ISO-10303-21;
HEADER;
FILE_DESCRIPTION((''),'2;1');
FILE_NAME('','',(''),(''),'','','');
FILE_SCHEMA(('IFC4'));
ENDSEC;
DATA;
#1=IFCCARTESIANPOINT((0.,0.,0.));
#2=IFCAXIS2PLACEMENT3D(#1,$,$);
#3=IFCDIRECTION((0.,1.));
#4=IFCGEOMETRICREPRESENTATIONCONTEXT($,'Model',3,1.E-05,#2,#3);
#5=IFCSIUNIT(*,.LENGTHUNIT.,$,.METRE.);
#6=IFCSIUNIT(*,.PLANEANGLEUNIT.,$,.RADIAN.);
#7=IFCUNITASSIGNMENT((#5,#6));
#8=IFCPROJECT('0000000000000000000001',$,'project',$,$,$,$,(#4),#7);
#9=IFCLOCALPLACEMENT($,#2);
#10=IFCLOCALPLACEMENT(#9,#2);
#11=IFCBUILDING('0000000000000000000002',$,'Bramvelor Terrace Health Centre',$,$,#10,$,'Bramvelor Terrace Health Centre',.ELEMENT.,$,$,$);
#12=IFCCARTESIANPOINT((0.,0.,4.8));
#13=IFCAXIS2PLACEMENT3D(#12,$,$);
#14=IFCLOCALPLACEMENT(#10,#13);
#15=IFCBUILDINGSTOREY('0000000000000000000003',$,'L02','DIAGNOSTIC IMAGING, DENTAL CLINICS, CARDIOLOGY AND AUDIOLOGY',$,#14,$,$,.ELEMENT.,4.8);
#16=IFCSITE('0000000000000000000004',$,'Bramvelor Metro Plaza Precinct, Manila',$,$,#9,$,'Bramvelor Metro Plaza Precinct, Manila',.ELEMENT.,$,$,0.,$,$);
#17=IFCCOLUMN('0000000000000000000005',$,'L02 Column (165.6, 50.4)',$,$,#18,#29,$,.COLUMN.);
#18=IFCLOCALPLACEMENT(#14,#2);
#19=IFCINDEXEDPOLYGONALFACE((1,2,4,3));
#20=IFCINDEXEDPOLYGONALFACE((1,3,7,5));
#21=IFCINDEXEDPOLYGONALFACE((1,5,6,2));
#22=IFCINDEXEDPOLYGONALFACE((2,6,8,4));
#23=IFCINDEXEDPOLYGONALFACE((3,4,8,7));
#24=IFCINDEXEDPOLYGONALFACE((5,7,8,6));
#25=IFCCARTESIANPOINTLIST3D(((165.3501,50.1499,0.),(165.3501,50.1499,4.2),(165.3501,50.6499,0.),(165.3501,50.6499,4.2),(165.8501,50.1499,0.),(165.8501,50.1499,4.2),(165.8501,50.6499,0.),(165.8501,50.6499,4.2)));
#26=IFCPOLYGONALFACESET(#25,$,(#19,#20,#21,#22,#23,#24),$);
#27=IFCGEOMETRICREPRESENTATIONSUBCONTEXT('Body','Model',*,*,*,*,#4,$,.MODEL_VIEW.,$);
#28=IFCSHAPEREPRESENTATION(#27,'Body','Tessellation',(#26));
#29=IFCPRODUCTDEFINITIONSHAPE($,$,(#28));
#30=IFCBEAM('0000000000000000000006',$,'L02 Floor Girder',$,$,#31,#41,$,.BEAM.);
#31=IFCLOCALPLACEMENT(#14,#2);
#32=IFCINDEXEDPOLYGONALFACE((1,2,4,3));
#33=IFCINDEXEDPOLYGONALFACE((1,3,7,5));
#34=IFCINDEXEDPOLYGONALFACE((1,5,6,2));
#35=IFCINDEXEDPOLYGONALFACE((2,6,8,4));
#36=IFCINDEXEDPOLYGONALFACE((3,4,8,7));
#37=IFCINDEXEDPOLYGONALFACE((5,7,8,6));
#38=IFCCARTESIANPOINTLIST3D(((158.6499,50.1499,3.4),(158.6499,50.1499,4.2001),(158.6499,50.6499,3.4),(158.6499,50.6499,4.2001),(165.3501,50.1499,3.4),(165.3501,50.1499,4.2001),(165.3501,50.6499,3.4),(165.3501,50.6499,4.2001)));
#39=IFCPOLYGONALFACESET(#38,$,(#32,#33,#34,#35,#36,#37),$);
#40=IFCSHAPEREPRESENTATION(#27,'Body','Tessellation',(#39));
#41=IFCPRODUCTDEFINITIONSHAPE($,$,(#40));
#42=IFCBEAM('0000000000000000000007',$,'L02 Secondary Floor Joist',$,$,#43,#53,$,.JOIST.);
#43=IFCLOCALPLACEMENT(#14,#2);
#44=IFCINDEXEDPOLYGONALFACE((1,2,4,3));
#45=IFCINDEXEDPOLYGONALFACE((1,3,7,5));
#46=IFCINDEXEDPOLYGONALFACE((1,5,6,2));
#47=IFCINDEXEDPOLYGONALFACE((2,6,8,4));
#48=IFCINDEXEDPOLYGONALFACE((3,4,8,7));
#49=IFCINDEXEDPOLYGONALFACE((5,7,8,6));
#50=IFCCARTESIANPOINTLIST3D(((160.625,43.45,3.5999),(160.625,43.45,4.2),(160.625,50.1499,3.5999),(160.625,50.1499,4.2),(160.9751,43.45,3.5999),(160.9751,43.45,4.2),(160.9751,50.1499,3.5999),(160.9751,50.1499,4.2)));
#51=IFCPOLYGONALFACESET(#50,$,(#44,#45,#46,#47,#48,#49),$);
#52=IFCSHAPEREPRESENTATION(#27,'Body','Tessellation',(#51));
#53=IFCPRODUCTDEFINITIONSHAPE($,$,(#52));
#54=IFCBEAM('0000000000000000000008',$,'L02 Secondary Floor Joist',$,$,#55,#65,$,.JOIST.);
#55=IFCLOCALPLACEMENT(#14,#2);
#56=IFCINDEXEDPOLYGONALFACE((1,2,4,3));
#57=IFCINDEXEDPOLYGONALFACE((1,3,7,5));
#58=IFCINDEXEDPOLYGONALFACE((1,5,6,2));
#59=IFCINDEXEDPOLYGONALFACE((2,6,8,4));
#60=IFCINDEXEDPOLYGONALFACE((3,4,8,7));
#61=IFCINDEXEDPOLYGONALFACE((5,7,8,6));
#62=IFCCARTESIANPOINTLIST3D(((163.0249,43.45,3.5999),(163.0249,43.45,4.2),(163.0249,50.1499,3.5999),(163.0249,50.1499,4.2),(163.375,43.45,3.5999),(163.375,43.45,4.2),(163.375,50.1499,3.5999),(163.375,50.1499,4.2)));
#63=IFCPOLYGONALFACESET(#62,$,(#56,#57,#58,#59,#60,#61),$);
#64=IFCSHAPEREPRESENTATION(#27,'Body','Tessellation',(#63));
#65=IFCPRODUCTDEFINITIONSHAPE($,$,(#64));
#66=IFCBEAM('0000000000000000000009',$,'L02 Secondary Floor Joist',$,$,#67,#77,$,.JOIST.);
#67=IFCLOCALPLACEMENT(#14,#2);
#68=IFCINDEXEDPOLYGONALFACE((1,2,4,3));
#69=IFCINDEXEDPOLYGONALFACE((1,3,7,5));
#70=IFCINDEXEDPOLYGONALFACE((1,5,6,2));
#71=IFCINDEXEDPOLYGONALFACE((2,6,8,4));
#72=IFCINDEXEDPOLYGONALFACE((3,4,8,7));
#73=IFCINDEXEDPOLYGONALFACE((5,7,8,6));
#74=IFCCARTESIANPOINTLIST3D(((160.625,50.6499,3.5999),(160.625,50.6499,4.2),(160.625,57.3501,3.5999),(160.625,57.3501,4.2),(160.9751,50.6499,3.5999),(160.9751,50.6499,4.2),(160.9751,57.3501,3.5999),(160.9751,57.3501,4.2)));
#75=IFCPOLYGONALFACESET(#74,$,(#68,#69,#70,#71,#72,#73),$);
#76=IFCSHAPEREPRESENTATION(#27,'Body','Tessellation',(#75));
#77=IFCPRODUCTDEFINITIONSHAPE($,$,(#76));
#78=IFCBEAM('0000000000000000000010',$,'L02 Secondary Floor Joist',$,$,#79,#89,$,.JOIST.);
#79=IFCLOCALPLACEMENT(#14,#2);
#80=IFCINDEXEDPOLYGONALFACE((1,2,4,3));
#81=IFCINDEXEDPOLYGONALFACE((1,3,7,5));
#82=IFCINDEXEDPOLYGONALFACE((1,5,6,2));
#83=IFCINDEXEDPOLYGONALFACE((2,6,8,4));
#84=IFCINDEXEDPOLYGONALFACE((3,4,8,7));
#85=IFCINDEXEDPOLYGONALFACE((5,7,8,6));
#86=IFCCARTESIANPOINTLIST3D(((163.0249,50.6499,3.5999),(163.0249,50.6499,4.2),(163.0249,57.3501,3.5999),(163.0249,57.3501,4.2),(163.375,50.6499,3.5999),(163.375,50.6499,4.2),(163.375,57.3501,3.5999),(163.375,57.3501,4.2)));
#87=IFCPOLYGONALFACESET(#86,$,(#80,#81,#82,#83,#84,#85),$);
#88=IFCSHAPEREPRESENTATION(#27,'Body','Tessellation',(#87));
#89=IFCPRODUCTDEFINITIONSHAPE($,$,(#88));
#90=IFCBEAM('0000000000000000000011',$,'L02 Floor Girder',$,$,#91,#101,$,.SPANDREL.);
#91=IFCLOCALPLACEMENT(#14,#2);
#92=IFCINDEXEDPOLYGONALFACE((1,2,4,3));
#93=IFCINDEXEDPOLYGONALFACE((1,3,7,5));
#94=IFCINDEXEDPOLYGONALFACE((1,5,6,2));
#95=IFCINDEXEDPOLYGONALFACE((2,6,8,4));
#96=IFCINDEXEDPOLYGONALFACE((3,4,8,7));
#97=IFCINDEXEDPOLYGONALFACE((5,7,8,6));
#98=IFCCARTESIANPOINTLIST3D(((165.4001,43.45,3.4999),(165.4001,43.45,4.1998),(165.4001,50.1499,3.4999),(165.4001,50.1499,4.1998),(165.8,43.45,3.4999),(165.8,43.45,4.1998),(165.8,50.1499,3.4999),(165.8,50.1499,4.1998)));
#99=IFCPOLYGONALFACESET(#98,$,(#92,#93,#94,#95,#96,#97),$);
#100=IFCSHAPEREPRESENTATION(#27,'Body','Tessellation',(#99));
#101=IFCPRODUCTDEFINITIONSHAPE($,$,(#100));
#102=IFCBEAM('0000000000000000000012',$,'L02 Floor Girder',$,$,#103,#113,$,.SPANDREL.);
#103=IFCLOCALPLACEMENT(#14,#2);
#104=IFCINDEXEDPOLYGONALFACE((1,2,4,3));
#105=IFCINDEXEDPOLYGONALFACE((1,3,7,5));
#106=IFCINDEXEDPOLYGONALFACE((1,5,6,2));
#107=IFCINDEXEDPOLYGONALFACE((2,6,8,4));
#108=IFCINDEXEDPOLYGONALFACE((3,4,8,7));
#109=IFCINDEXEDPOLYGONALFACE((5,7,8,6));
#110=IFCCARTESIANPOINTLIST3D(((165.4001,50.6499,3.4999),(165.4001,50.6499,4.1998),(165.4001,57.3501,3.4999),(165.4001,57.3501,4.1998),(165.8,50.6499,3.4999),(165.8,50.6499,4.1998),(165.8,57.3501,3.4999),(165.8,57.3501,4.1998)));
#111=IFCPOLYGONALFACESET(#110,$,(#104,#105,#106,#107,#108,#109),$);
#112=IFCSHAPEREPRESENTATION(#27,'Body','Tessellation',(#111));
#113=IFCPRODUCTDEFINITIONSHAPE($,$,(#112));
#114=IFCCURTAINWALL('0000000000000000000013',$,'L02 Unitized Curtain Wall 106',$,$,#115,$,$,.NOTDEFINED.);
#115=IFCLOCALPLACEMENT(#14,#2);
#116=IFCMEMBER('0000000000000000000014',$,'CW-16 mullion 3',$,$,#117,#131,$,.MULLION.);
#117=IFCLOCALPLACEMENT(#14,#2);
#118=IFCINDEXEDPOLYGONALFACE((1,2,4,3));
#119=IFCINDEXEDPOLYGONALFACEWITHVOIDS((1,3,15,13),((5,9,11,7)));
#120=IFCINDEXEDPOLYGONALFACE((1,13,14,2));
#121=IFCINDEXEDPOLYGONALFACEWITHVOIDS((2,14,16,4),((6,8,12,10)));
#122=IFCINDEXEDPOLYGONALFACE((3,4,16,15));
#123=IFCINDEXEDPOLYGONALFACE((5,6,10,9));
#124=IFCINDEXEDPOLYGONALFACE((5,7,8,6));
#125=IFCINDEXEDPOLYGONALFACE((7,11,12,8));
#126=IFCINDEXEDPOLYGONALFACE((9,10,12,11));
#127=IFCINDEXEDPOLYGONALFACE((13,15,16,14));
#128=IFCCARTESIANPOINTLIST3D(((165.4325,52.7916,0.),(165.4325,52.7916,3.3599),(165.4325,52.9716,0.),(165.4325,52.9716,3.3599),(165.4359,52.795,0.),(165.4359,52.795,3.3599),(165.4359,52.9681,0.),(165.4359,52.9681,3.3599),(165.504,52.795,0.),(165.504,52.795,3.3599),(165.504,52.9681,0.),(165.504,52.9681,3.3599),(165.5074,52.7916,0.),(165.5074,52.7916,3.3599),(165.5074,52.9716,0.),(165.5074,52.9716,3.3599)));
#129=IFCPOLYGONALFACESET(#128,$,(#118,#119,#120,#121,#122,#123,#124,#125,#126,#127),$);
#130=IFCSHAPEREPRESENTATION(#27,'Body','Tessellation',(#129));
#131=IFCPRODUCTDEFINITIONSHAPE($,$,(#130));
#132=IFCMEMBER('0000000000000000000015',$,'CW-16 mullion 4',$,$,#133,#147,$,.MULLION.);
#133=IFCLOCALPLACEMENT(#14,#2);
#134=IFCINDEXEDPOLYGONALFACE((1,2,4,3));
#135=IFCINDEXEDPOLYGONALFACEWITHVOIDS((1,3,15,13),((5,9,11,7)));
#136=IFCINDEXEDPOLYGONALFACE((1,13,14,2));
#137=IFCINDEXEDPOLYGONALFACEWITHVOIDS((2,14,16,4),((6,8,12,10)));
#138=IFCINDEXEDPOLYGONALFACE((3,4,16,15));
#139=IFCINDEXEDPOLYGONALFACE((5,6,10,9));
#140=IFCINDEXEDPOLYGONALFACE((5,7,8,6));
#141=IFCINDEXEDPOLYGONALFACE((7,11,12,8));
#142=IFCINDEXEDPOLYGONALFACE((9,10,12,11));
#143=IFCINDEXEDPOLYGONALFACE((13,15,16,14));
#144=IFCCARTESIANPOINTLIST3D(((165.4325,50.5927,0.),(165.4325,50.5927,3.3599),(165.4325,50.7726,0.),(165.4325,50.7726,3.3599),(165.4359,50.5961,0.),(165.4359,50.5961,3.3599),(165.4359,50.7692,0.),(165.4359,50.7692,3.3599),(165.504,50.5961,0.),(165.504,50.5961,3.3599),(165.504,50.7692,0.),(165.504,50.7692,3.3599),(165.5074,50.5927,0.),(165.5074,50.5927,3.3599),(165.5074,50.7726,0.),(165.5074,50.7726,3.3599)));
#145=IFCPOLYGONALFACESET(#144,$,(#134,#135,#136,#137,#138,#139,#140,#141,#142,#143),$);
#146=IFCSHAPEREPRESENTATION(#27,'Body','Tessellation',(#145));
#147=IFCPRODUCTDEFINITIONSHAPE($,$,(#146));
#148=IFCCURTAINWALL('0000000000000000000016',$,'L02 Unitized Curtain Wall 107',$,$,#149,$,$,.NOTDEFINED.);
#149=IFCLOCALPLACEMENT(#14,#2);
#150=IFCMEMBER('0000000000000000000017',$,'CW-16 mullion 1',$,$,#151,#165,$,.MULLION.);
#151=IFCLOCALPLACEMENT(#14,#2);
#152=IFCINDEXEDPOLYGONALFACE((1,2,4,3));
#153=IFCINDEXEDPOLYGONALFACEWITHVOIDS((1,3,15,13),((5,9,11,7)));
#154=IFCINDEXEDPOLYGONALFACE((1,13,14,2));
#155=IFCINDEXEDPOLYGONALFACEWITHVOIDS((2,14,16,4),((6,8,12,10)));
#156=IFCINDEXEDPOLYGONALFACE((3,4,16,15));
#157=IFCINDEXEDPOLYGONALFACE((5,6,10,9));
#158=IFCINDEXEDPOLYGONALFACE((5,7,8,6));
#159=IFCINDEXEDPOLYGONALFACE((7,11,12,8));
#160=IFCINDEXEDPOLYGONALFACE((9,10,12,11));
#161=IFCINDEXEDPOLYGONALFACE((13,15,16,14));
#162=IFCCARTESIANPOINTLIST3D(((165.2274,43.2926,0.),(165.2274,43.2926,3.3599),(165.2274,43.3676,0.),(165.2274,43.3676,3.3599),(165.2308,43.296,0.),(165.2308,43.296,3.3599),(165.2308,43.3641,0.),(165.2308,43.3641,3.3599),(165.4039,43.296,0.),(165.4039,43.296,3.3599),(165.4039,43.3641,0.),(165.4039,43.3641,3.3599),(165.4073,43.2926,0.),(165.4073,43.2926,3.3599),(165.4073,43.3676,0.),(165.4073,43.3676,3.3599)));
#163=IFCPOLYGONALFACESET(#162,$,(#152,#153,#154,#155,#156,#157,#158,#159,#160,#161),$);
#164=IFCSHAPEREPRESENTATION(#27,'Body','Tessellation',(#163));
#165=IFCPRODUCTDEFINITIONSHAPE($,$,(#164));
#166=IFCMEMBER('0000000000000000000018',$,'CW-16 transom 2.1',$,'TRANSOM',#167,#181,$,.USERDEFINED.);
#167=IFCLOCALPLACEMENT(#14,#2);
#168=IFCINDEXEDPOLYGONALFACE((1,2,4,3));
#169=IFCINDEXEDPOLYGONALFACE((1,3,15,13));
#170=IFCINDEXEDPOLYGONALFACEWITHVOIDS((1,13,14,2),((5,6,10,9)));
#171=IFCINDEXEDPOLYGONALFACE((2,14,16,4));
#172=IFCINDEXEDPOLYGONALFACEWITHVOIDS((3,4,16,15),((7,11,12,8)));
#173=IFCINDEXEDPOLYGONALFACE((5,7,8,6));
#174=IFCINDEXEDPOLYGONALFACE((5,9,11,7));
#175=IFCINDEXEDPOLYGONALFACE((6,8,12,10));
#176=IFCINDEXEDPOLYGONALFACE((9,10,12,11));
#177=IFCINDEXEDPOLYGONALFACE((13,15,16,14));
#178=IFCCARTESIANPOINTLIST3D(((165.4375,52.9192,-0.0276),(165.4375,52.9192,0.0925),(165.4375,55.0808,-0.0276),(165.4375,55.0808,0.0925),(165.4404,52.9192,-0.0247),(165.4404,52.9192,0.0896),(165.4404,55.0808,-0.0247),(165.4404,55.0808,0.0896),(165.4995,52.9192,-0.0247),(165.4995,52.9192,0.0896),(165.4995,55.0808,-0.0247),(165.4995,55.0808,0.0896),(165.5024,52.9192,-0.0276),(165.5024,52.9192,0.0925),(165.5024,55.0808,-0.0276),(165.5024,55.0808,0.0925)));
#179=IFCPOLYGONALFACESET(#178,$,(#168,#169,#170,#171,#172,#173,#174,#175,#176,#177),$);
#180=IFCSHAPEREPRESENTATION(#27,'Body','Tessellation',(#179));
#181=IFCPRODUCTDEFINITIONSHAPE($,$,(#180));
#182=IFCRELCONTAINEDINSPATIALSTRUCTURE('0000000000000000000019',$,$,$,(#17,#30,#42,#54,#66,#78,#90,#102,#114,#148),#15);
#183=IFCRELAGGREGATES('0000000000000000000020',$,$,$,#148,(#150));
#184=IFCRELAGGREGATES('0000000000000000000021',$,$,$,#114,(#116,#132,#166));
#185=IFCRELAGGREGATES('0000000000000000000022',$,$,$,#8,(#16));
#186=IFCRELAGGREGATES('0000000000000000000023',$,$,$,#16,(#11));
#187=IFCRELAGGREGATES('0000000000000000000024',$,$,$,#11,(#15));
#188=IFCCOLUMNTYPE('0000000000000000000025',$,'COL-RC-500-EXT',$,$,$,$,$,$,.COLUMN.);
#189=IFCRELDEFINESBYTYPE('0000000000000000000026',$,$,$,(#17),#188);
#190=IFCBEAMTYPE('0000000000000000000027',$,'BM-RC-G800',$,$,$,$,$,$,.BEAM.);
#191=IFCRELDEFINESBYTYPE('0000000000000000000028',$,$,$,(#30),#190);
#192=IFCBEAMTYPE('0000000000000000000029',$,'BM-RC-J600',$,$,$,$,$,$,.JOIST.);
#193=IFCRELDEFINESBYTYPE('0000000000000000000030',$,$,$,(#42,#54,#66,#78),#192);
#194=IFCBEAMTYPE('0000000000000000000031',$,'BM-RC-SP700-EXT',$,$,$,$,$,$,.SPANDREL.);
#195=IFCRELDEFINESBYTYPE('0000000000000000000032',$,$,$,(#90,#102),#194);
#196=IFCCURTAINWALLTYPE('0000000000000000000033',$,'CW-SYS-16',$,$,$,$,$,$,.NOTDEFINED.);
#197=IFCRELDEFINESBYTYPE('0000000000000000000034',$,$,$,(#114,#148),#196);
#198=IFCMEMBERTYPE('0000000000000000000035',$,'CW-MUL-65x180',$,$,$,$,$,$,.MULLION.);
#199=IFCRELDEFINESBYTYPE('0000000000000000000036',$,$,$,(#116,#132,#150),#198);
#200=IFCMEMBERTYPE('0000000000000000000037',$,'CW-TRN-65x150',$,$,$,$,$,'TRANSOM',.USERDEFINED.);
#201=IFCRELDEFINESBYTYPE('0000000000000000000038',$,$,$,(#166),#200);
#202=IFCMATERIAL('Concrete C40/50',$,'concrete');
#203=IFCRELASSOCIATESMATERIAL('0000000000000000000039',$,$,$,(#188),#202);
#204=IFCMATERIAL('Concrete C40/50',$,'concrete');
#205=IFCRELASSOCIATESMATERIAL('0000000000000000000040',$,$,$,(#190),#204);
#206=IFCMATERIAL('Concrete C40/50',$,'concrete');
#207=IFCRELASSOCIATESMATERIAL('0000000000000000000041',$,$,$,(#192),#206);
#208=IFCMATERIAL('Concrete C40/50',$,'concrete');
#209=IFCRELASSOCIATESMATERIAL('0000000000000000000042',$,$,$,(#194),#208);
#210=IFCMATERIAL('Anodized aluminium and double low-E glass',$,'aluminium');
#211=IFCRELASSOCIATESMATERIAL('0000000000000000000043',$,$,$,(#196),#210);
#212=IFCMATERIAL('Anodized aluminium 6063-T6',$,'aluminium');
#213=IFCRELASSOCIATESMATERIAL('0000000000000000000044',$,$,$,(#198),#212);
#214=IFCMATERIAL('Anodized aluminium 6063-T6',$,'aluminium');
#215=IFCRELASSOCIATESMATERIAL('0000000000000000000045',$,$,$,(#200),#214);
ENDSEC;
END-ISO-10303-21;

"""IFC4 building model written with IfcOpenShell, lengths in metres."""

from ifc_helpers import new_model, si_unit, direction, frame, origin, origin_2d, place, context, subcontext, project, spatial, rectangle, hollow_rectangle, extrude, material, material_profile, profile_set, type_object, element, aggregate, save


model = new_model("IFC4")

# Units and contexts
model_context = context("Model", 3, precision=1e-05, world=origin(), true_north=direction((0.0, 1.0)))
body_context = subcontext(model_context, "Body", "Model", "MODEL_VIEW")
ifc_project = project(units=[si_unit("LENGTHUNIT", "METRE"), si_unit("PLANEANGLEUNIT", "RADIAN")], contexts=[model_context])

# Site, building, storey
site_placement = place(None, origin())
site = spatial("IfcSite", under=ifc_project, at=site_placement, Name="Bramvelor Metro Plaza Precinct, Manila", LongName="Bramvelor Metro Plaza Precinct, Manila", CompositionType="ELEMENT", RefElevation=0.0)
building_placement = place(site_placement, origin())
building = spatial("IfcBuilding", under=site, at=building_placement, Name="Bramvelor Terrace Health Centre", LongName="Bramvelor Terrace Health Centre", CompositionType="ELEMENT")
storey_placement = place(building_placement, frame((0.0, 0.0, 4.8)))
storey = spatial("IfcBuildingStorey", under=building, at=storey_placement, Name="L02", Description="DIAGNOSTIC IMAGING, DENTAL CLINICS, CARDIOLOGY AND AUDIOLOGY", CompositionType="ELEMENT", Elevation=4.8)

# Column
ifc_material_1 = material(Name="Concrete C40/50", Category="concrete")
ifc_material_profile_1 = material_profile(ifc_material_1, rectangle(XDim=0.5, YDim=0.5, at=origin_2d()), Name="RC 500x500")
ifc_profile_set_1 = profile_set([ifc_material_profile_1], Name="Concrete C40/50")
column_type = type_object("IfcColumnType", Name="COL-RC-500-EXT", PredefinedType="COLUMN", material=ifc_profile_set_1)
column_placement = place(storey_placement, frame((165.6001, 50.3999, 0.0), z_axis=(0.0, 0.0, 1.0), x_axis=(1.0, 0.0, 0.0)))
element("IfcColumn", 1, at=column_placement, inside=storey, type_object=column_type, Name="L02 Column (165.6, 50.4)", PredefinedType="COLUMN", context=body_context, shape_type="SweptSolid", body=[
    extrude(rectangle(XDim=0.5, YDim=0.5, at=origin_2d()), origin(), (0.0, 0.0, 1.0), 4.2),
])

# Beams
ifc_material_2 = material(Name="Concrete C40/50", Category="concrete")
ifc_material_profile_2 = material_profile(ifc_material_2, rectangle(XDim=0.5, YDim=0.8, at=origin_2d()), Name="RC 500x800")
ifc_profile_set_2 = profile_set([ifc_material_profile_2], Name="Concrete C40/50")
beam_type_1 = type_object("IfcBeamType", Name="BM-RC-G800", PredefinedType="BEAM", material=ifc_profile_set_2)
beam_1_placement = place(storey_placement, frame((158.6499, 50.3999, 3.8), z_axis=(1.0, 0.0, 0.0), x_axis=(0.0, 1.0, 0.0)))
element("IfcBeam", 2, at=beam_1_placement, inside=storey, type_object=beam_type_1, Name="L02 Floor Girder", PredefinedType="BEAM", context=body_context, shape_type="SweptSolid", body=[
    extrude(rectangle(XDim=0.5, YDim=0.8, at=origin_2d()), origin(), (0.0, 0.0, 1.0), 6.7002),
])
ifc_material_3 = material(Name="Concrete C40/50", Category="concrete")
ifc_material_profile_3 = material_profile(ifc_material_3, rectangle(XDim=0.3501, YDim=0.6001, at=origin_2d()), Name="RC 350x600")
ifc_profile_set_3 = profile_set([ifc_material_profile_3], Name="Concrete C40/50")
beam_type_2 = type_object("IfcBeamType", Name="BM-RC-J600", PredefinedType="JOIST", material=ifc_profile_set_3)
for number, where, z_axis, x_axis, name in (
    (3, (160.8, 43.45, 3.8999), (0.0, 1.0, 0.0), (-1.0, 0.0, 0.0), "L02 Secondary Floor Joist"),
    (4, (163.2, 43.45, 3.8999), (0.0, 1.0, 0.0), (-1.0, 0.0, 0.0), "L02 Secondary Floor Joist"),
):
    element("IfcBeam", number, at=place(storey_placement, frame(where, z_axis=z_axis, x_axis=x_axis)), inside=storey, type_object=beam_type_2, Name=name, PredefinedType="JOIST", context=body_context, shape_type="SweptSolid", body=[
        extrude(rectangle(XDim=0.3501, YDim=0.6001, at=origin_2d()), origin(), (0.0, 0.0, 1.0), 6.7),
    ])
for number, where, z_axis, x_axis, name in (
    (5, (160.8, 50.6499, 3.8999), (0.0, 1.0, 0.0), (-1.0, 0.0, 0.0), "L02 Secondary Floor Joist"),
    (6, (163.2, 50.6499, 3.8999), (0.0, 1.0, 0.0), (-1.0, 0.0, 0.0), "L02 Secondary Floor Joist"),
):
    element("IfcBeam", number, at=place(storey_placement, frame(where, z_axis=z_axis, x_axis=x_axis)), inside=storey, type_object=beam_type_2, Name=name, PredefinedType="JOIST", context=body_context, shape_type="SweptSolid", body=[
        extrude(rectangle(XDim=0.3501, YDim=0.6001, at=origin_2d()), origin(), (0.0, 0.0, 1.0), 6.7002),
    ])
ifc_material_4 = material(Name="Concrete C40/50", Category="concrete")
ifc_material_profile_4 = material_profile(ifc_material_4, rectangle(XDim=0.3999, YDim=0.7, at=origin_2d()), Name="RC 400x700")
ifc_profile_set_4 = profile_set([ifc_material_profile_4], Name="Concrete C40/50")
beam_type_3 = type_object("IfcBeamType", Name="BM-RC-SP700-EXT", PredefinedType="SPANDREL", material=ifc_profile_set_4)
beam_2_placement = place(storey_placement, frame((165.6001, 43.45, 3.8499), z_axis=(0.0, 1.0, 0.0), x_axis=(-1.0, 0.0, 0.0)))
element("IfcBeam", 7, at=beam_2_placement, inside=storey, type_object=beam_type_3, Name="L02 Floor Girder", PredefinedType="SPANDREL", context=body_context, shape_type="SweptSolid", body=[
    extrude(rectangle(XDim=0.3999, YDim=0.7, at=origin_2d()), origin(), (0.0, 0.0, 1.0), 6.7),
])
beam_3_placement = place(storey_placement, frame((165.6001, 50.6499, 3.8499), z_axis=(0.0, 1.0, 0.0), x_axis=(-1.0, 0.0, 0.0)))
element("IfcBeam", 8, at=beam_3_placement, inside=storey, type_object=beam_type_3, Name="L02 Floor Girder", PredefinedType="SPANDREL", context=body_context, shape_type="SweptSolid", body=[
    extrude(rectangle(XDim=0.3999, YDim=0.7, at=origin_2d()), origin(), (0.0, 0.0, 1.0), 6.7002),
])

# Curtain wall, members
ifc_material_5 = material(Name="Anodized aluminium and double low-E glass", Category="aluminium")
curtain_wall_type = type_object("IfcCurtainWallType", Name="CW-SYS-16", PredefinedType="NOTDEFINED", material=ifc_material_5)
curtain_wall_1_placement = place(storey_placement, origin())
curtain_wall_1 = element("IfcCurtainWall", 9, at=curtain_wall_1_placement, inside=storey, type_object=curtain_wall_type, Name="L02 Unitized Curtain Wall 106", PredefinedType="NOTDEFINED")
ifc_material_6 = material(Name="Anodized aluminium 6063-T6", Category="aluminium")
ifc_material_profile_5 = material_profile(ifc_material_6, hollow_rectangle(XDim=0.075, YDim=0.1799, WallThickness=0.0034, at=origin_2d()), Name="ALU-MUL 75x180x3.5")
ifc_profile_set_5 = profile_set([ifc_material_profile_5], Name="Anodized aluminium 6063-T6")
member_type_1 = type_object("IfcMemberType", Name="CW-MUL-65x180", PredefinedType="MULLION", material=ifc_profile_set_5)
member_1_placement = place(storey_placement, frame((165.47, 52.8816, 0.0), z_axis=(0.0, 0.0, 1.0), x_axis=(1.0, 0.0, 0.0)))
member_1 = element("IfcMember", 10, at=member_1_placement, type_object=member_type_1, Name="CW-16 mullion 3", PredefinedType="MULLION", context=body_context, shape_type="SweptSolid", body=[
    extrude(hollow_rectangle(XDim=0.075, YDim=0.1799, WallThickness=0.0034, at=origin_2d()), origin(), (0.0, 0.0, 1.0), 3.3599),
])
member_2_placement = place(storey_placement, frame((165.47, 50.6826, 0.0), z_axis=(0.0, 0.0, 1.0), x_axis=(1.0, 0.0, 0.0)))
member_2 = element("IfcMember", 11, at=member_2_placement, type_object=member_type_1, Name="CW-16 mullion 4", PredefinedType="MULLION", context=body_context, shape_type="SweptSolid", body=[
    extrude(hollow_rectangle(XDim=0.075, YDim=0.1799, WallThickness=0.0034, at=origin_2d()), origin(), (0.0, 0.0, 1.0), 3.3599),
])

# Curtain wall, member
curtain_wall_2_placement = place(storey_placement, origin())
curtain_wall_2 = element("IfcCurtainWall", 12, at=curtain_wall_2_placement, inside=storey, type_object=curtain_wall_type, Name="L02 Unitized Curtain Wall 107", PredefinedType="NOTDEFINED")
member_3_placement = place(storey_placement, frame((165.3174, 43.3301, 0.0), z_axis=(0.0, 0.0, 1.0), x_axis=(0.0, -1.0, 0.0)))
member_3 = element("IfcMember", 13, at=member_3_placement, type_object=member_type_1, Name="CW-16 mullion 1", PredefinedType="MULLION", context=body_context, shape_type="SweptSolid", body=[
    extrude(hollow_rectangle(XDim=0.075, YDim=0.1799, WallThickness=0.0034, at=origin_2d()), origin(), (0.0, 0.0, 1.0), 3.3599),
])
aggregate(curtain_wall_2, [member_3])

# Member
ifc_material_7 = material(Name="Anodized aluminium 6063-T6", Category="aluminium")
ifc_material_profile_6 = material_profile(ifc_material_7, hollow_rectangle(XDim=0.0649, YDim=0.1201, WallThickness=0.0029, at=origin_2d()), Name="ALU-TRN 65x120x3.0")
ifc_profile_set_6 = profile_set([ifc_material_profile_6], Name="Anodized aluminium 6063-T6")
member_type_2 = type_object("IfcMemberType", Name="CW-TRN-65x150", ElementType="TRANSOM", PredefinedType="USERDEFINED", material=ifc_profile_set_6)
member_4_placement = place(storey_placement, frame((165.47, 55.0808, 0.0325), z_axis=(0.0, -1.0, 0.0), x_axis=(1.0, 0.0, 0.0)))
member_4 = element("IfcMember", 14, at=member_4_placement, type_object=member_type_2, Name="CW-16 transom 2.1", ObjectType="TRANSOM", PredefinedType="USERDEFINED", context=body_context, shape_type="SweptSolid", body=[
    extrude(hollow_rectangle(XDim=0.0649, YDim=0.1201, WallThickness=0.0029, at=origin_2d()), origin(), (0.0, 0.0, 1.0), 2.1616),
])

aggregate(curtain_wall_1, [member_1, member_2, member_4])

save(model, "model.ifc")
